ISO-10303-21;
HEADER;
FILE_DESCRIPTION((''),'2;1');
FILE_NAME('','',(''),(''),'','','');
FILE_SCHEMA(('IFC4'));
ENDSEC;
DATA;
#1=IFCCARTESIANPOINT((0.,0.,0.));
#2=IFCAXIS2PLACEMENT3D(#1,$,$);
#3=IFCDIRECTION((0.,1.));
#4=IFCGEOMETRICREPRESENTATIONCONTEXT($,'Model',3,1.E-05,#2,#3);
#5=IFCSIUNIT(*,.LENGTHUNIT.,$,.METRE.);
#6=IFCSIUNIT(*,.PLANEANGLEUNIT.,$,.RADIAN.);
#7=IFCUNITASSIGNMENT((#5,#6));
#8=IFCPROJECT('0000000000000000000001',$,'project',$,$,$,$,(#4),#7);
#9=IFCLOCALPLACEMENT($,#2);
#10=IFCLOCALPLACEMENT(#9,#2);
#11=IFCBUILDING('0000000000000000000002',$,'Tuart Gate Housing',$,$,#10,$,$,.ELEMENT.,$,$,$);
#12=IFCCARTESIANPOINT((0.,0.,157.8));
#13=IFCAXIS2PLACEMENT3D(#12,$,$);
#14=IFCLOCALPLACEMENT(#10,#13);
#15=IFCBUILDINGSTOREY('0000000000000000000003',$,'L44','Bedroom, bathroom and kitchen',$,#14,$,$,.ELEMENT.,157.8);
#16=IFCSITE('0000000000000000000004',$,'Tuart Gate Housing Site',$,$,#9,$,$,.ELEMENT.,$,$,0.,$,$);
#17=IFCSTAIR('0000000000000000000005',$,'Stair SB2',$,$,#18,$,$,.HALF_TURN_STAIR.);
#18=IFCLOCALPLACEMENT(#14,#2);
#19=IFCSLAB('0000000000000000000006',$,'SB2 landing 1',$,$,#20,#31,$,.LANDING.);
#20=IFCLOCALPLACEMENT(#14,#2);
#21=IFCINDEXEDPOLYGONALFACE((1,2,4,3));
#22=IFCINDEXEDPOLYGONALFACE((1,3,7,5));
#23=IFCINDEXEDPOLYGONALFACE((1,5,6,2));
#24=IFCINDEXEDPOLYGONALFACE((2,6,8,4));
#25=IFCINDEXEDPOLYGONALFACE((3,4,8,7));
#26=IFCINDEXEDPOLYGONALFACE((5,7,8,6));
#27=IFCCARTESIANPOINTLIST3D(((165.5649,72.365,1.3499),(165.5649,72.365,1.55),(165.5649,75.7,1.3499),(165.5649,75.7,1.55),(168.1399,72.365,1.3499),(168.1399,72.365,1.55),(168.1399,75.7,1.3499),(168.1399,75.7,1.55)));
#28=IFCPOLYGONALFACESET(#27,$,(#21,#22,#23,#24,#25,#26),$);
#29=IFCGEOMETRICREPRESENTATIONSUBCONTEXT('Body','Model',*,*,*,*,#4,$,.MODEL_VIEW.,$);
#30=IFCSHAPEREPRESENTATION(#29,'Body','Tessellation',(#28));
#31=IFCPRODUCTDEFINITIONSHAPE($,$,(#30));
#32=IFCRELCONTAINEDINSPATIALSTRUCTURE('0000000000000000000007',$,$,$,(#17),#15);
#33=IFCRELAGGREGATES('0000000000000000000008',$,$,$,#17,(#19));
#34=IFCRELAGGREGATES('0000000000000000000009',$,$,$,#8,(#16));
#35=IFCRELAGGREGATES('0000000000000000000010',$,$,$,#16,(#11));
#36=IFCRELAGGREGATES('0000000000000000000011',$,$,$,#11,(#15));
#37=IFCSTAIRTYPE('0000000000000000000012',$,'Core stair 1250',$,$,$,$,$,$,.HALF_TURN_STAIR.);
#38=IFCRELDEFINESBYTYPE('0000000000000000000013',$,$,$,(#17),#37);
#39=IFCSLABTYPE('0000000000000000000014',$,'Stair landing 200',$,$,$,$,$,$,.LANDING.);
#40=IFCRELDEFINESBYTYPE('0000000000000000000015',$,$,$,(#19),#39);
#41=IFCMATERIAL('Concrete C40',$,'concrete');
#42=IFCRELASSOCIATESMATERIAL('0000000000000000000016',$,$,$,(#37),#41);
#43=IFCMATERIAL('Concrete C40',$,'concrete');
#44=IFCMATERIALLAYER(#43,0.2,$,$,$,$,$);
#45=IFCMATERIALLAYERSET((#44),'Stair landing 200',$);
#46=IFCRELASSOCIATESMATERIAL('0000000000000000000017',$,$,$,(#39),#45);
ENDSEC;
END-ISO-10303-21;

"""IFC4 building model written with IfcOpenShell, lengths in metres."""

from ifc_helpers import new_model, si_unit, direction, frame, origin, place, context, subcontext, project, spatial, polyline, outline, extrude, material, layer, layer_set, type_object, element, aggregate, save


model = new_model("IFC4")

# Units and contexts
model_context = context("Model", 3, precision=1e-05, world=origin(), true_north=direction((0.0, 1.0)))
body_context = subcontext(model_context, "Body", "Model", "MODEL_VIEW")
ifc_project = project(units=[si_unit("LENGTHUNIT", "METRE"), si_unit("PLANEANGLEUNIT", "RADIAN")], contexts=[model_context])

# Site, building, storey
site_placement = place(None, origin())
site = spatial("IfcSite", under=ifc_project, at=site_placement, Name="Tuart Gate Housing Site", CompositionType="ELEMENT", RefElevation=0.0)
building_placement = place(site_placement, origin())
building = spatial("IfcBuilding", under=site, at=building_placement, Name="Tuart Gate Housing", CompositionType="ELEMENT")
storey_placement = place(building_placement, frame((0.0, 0.0, 157.8)))
storey = spatial("IfcBuildingStorey", under=building, at=storey_placement, Name="L44", Description="Bedroom, bathroom and kitchen", CompositionType="ELEMENT", Elevation=157.8)

# Stair, slab
ifc_material_1 = material(Name="Concrete C40", Category="concrete")
stair_type = type_object("IfcStairType", Name="Core stair 1250", PredefinedType="HALF_TURN_STAIR", material=ifc_material_1)
stair_placement = place(storey_placement, origin())
stair = element("IfcStair", 1, at=stair_placement, inside=storey, type_object=stair_type, Name="Stair SB2", PredefinedType="HALF_TURN_STAIR")
ifc_material_2 = material(Name="Concrete C40", Category="concrete")
ifc_layer_1 = layer(ifc_material_2, 0.2)
ifc_layer_set_1 = layer_set([ifc_layer_1], Name="Stair landing 200")
slab_type = type_object("IfcSlabType", Name="Stair landing 200", PredefinedType="LANDING", material=ifc_layer_set_1)
slab_placement = place(storey_placement, frame((0.0, 0.0, 1.3499)))
slab = element("IfcSlab", 2, at=slab_placement, type_object=slab_type, Name="SB2 landing 1", PredefinedType="LANDING", context=body_context, shape_type="SweptSolid", body=[
    extrude(outline(polyline([(165.5649, 72.365), (168.1399, 72.365), (168.1399, 75.7), (165.5649, 75.7), (165.5649, 72.365)])), origin(), (0.0, 0.0, 1.0), 0.2002),
])
aggregate(stair, [slab])

save(model, "model.ifc")
